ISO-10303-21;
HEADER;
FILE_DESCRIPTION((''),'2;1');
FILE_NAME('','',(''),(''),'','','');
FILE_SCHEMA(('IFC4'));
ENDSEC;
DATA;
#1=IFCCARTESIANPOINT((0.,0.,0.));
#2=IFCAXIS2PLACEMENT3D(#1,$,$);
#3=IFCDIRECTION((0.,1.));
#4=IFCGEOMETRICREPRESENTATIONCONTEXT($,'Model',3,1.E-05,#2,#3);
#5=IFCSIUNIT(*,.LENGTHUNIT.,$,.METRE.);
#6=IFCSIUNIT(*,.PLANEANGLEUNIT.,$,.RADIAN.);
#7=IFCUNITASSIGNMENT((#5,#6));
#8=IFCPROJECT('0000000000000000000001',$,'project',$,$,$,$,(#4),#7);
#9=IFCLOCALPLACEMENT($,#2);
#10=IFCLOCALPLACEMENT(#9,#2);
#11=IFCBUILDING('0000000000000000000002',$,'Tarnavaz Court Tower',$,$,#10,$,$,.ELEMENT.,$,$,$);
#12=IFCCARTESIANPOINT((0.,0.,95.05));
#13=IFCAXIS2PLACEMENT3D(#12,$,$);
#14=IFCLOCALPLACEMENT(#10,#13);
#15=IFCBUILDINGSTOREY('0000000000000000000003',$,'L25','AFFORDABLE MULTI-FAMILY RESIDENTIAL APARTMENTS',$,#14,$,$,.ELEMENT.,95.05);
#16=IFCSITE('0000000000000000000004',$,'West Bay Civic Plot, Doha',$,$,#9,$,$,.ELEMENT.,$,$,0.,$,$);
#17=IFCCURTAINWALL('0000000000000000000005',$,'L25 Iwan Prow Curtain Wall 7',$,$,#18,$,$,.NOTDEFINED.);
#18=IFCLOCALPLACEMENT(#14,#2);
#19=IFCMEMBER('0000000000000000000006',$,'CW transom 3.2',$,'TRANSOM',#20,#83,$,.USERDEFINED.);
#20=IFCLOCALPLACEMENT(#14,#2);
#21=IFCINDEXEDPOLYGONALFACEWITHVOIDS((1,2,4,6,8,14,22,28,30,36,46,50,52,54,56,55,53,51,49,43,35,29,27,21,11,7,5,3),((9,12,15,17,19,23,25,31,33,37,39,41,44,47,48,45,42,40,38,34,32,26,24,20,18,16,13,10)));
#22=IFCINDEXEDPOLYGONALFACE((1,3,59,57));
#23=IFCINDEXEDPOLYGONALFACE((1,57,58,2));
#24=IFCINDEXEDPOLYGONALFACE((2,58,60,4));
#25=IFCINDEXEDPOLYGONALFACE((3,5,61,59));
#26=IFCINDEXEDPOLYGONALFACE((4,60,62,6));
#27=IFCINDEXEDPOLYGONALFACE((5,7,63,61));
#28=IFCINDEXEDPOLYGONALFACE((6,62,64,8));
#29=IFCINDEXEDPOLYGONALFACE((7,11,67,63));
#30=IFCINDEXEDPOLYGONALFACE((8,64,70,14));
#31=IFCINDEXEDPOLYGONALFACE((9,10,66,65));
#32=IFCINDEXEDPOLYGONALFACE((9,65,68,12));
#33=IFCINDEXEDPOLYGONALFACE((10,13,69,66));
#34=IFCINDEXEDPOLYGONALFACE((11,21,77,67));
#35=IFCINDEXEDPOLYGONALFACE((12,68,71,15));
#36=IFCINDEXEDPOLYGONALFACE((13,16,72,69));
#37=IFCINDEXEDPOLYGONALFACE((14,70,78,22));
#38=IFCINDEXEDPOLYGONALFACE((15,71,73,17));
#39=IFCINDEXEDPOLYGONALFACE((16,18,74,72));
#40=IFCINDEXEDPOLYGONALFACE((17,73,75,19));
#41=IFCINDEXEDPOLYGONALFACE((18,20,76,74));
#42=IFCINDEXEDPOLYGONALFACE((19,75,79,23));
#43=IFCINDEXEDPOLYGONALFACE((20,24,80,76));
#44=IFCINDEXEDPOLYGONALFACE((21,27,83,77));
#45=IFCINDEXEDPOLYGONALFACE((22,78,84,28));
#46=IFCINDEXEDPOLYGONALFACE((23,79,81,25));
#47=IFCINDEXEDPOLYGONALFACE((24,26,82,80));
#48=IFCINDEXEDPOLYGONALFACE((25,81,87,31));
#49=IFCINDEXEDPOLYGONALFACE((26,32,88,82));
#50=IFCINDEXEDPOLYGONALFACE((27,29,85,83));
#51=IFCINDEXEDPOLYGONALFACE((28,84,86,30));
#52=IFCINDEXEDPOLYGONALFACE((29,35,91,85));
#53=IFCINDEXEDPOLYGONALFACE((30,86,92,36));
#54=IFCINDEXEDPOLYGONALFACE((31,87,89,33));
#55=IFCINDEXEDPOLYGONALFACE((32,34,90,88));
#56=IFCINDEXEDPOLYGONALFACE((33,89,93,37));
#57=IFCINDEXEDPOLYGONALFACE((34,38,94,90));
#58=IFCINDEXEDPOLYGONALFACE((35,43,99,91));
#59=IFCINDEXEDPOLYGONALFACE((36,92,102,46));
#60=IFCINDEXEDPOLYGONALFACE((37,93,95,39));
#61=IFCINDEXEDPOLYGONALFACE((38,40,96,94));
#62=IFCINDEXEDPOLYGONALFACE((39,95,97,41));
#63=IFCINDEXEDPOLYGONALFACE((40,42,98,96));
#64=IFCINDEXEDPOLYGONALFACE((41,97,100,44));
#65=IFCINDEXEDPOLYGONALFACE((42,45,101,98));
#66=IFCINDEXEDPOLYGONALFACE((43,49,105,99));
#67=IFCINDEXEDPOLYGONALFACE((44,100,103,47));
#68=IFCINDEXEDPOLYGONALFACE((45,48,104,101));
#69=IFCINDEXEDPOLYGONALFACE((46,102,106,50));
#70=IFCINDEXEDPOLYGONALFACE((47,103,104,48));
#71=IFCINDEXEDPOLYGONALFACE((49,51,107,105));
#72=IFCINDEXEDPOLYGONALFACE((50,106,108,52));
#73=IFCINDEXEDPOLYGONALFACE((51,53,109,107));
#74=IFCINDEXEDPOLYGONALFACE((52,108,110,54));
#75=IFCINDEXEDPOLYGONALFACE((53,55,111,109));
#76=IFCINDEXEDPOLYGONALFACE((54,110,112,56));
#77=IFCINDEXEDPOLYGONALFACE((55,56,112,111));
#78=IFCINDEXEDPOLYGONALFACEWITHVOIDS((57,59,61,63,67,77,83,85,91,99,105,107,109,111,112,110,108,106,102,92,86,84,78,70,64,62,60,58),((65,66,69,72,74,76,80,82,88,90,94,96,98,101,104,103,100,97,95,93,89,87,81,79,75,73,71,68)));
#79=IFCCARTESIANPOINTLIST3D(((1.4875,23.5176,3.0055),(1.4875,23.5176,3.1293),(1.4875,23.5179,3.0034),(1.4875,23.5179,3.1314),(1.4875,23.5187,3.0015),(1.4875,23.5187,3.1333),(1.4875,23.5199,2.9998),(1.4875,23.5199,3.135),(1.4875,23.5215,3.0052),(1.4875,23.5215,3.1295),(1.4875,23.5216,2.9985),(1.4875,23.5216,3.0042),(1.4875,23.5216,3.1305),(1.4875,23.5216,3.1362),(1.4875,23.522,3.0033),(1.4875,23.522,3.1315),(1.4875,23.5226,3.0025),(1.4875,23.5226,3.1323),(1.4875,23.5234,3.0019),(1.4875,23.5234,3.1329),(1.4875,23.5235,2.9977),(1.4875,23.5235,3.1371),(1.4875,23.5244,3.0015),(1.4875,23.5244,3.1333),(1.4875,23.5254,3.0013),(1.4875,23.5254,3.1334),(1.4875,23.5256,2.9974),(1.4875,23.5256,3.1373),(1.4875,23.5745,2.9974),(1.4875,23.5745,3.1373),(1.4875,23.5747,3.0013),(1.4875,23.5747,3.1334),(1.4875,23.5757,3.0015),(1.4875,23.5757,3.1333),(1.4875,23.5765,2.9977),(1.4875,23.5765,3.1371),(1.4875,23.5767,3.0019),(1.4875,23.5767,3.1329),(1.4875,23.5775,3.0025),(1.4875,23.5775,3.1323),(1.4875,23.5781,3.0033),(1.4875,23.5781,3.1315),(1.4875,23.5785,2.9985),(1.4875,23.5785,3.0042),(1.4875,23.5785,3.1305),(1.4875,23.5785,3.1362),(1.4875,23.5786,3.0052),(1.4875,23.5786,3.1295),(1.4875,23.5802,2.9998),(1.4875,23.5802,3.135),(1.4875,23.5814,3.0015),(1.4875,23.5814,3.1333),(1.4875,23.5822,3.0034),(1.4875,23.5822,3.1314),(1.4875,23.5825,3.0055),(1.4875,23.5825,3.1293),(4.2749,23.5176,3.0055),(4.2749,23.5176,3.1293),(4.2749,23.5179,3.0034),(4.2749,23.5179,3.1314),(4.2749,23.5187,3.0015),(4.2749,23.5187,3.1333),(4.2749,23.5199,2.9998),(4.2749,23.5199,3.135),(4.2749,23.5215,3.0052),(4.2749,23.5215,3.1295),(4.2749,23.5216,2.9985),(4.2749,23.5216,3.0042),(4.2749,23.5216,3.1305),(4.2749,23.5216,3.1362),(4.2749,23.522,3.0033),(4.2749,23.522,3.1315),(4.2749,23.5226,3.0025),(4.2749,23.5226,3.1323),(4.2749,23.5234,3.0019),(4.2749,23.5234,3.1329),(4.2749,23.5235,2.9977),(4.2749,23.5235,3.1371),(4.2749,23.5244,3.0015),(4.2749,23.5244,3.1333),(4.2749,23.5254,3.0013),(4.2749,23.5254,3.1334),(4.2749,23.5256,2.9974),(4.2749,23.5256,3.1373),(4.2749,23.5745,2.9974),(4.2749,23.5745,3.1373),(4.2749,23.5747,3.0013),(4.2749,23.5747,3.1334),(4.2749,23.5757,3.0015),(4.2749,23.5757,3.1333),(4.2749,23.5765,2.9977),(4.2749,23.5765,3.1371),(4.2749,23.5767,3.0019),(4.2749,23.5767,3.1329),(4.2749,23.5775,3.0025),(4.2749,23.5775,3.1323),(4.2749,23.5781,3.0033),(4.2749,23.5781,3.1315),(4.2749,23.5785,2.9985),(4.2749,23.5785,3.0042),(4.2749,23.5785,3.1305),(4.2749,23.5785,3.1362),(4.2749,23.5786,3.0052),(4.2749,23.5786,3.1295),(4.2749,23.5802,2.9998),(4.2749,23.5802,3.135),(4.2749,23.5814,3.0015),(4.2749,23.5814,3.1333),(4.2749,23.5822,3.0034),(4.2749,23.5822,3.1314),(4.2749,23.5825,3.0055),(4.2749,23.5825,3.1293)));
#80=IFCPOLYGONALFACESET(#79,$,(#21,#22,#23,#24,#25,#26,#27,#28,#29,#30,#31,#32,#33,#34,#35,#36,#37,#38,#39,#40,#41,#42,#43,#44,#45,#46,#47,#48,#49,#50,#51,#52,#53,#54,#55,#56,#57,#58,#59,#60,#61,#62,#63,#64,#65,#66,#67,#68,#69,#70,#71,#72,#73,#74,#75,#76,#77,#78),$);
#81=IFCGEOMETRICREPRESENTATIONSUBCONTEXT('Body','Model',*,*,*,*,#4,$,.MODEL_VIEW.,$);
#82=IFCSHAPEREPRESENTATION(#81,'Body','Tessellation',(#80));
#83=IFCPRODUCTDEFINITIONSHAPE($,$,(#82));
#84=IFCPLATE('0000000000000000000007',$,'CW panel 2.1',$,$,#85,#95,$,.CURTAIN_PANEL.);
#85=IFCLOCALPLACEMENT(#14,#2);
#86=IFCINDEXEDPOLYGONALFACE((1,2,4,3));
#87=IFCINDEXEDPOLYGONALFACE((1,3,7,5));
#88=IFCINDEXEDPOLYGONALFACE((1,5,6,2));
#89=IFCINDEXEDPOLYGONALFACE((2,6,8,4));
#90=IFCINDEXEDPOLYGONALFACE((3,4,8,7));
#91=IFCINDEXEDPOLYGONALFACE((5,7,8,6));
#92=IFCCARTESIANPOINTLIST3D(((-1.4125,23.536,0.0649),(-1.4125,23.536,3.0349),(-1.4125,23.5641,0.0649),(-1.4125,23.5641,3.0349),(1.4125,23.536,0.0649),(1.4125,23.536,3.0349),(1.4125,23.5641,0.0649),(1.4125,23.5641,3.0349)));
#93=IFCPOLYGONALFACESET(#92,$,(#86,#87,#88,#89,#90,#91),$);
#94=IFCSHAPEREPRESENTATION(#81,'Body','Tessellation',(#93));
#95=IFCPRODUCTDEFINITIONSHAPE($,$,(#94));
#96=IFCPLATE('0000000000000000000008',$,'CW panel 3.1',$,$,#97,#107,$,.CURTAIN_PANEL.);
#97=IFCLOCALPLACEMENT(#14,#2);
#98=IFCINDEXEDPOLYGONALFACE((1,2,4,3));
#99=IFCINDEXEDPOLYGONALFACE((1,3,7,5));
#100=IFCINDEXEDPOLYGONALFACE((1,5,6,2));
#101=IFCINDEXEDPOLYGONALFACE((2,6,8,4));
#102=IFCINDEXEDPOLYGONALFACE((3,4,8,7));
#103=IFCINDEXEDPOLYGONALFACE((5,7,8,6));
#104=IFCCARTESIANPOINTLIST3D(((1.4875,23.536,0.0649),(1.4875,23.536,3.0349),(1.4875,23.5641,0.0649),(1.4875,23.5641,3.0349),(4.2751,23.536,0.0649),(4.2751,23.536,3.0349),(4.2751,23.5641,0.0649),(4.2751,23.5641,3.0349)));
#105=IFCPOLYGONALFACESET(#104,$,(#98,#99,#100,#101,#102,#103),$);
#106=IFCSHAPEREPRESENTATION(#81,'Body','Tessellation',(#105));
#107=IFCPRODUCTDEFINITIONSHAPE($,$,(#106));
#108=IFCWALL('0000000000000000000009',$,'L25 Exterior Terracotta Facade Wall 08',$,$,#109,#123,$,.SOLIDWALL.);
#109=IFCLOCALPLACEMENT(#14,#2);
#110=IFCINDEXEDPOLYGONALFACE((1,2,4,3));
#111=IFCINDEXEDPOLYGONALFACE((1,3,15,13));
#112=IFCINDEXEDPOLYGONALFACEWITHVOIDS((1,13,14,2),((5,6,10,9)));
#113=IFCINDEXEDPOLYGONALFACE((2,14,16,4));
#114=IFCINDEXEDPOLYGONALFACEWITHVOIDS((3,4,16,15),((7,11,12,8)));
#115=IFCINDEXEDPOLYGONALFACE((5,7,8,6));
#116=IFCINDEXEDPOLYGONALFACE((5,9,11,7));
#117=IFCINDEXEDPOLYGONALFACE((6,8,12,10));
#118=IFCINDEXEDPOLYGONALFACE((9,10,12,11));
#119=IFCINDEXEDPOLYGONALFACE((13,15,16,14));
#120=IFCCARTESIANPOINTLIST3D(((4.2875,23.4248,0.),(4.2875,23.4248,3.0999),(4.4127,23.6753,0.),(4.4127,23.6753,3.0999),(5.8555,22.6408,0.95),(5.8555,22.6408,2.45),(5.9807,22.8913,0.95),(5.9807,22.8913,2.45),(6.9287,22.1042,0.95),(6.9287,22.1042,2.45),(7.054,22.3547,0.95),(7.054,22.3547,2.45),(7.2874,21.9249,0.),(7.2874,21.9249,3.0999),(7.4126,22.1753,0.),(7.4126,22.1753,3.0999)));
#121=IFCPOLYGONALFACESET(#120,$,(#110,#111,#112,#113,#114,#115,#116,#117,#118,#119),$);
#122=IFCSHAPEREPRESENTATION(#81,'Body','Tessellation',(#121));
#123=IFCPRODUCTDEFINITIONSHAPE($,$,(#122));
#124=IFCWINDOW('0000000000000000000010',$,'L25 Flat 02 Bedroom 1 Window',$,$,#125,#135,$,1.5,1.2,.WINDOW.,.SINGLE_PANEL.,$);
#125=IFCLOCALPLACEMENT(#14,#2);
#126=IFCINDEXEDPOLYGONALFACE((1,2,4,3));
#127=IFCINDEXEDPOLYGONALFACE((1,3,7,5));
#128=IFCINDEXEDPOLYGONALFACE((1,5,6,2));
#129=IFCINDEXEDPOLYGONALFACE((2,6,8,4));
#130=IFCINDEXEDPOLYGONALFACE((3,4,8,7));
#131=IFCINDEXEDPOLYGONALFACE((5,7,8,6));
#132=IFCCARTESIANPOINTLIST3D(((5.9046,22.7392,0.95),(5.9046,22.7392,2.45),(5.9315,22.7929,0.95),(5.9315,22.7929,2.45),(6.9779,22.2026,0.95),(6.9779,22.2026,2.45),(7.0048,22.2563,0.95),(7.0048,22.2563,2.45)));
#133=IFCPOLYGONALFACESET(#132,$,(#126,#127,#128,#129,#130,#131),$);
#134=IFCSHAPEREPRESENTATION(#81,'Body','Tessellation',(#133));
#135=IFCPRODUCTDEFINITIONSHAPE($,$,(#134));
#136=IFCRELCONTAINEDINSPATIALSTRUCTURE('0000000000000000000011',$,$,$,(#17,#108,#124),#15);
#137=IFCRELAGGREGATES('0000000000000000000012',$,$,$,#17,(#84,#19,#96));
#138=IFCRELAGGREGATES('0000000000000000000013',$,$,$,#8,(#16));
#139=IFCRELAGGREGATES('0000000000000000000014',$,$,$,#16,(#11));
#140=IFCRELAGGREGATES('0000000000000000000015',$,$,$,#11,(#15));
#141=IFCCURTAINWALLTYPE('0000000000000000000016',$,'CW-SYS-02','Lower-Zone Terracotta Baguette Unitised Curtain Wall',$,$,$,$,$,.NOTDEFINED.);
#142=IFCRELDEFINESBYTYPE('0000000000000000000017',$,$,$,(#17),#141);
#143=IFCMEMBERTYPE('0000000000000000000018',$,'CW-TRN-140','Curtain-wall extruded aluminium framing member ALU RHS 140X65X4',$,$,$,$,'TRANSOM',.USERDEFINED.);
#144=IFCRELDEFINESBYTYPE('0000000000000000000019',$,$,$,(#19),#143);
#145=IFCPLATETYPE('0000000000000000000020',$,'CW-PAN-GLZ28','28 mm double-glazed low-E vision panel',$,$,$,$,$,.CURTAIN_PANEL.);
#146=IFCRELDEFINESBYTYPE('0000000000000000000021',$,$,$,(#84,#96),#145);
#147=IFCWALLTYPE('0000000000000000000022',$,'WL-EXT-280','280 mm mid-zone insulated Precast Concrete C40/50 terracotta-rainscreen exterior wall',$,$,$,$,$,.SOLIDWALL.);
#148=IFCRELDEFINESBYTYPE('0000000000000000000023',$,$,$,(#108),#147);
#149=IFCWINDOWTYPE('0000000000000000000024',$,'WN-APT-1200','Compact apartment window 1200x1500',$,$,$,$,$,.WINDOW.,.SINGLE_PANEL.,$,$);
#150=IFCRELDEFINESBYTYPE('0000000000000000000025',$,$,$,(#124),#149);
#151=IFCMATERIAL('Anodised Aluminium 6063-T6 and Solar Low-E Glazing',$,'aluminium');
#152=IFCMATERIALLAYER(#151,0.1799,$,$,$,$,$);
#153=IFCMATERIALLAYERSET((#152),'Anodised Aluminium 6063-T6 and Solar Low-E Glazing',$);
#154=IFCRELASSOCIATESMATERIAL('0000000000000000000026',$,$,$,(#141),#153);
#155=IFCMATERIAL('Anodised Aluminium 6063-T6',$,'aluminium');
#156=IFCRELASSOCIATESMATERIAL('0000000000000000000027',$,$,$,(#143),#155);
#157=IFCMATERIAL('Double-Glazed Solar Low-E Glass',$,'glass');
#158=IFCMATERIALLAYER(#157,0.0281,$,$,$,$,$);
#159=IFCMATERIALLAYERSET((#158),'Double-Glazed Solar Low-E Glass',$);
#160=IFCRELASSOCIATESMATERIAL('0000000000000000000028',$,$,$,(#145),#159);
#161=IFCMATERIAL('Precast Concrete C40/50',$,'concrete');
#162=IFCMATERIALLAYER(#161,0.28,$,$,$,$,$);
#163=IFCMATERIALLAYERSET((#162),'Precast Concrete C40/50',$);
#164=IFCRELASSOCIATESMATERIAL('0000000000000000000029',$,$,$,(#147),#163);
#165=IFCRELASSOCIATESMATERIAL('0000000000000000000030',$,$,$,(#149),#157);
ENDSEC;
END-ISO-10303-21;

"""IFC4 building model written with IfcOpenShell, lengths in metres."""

from ifc_helpers import new_model, si_unit, direction, frame, frame_2d, origin, origin_2d, place, context, subcontext, project, spatial, rectangle, hollow_rectangle, extrude, material, layer, layer_set, material_profile, profile_set, type_object, element, fill, aggregate, save


model = new_model("IFC4")

# Units and contexts
model_context = context("Model", 3, precision=1e-05, world=origin(), true_north=direction((0.0, 1.0)))
body_context = subcontext(model_context, "Body", "Model", "MODEL_VIEW")
ifc_project = project(units=[si_unit("LENGTHUNIT", "METRE"), si_unit("PLANEANGLEUNIT", "RADIAN")], contexts=[model_context])

# Site, building, storey
site_placement = place(None, origin())
site = spatial("IfcSite", under=ifc_project, at=site_placement, Name="West Bay Civic Plot, Doha", CompositionType="ELEMENT", RefElevation=0.0)
building_placement = place(site_placement, origin())
building = spatial("IfcBuilding", under=site, at=building_placement, Name="Tarnavaz Court Tower", CompositionType="ELEMENT")
storey_placement = place(building_placement, frame((0.0, 0.0, 95.05)))
storey = spatial("IfcBuildingStorey", under=building, at=storey_placement, Name="L25", Description="AFFORDABLE MULTI-FAMILY RESIDENTIAL APARTMENTS", CompositionType="ELEMENT", Elevation=95.05)

# Curtain wall, member, plates
ifc_material_1 = material(Name="Anodised Aluminium 6063-T6 and Solar Low-E Glazing", Category="aluminium")
ifc_layer_1 = layer(ifc_material_1, 0.1799)
ifc_layer_set_1 = layer_set([ifc_layer_1], Name="Anodised Aluminium 6063-T6 and Solar Low-E Glazing")
curtain_wall_type = type_object("IfcCurtainWallType", Name="CW-SYS-02", Description="Lower-Zone Terracotta Baguette Unitised Curtain Wall", PredefinedType="NOTDEFINED", material=ifc_layer_set_1)
curtain_wall_placement = place(storey_placement, origin())
curtain_wall = element("IfcCurtainWall", 1, at=curtain_wall_placement, inside=storey, type_object=curtain_wall_type, Name="L25 Iwan Prow Curtain Wall 7", PredefinedType="NOTDEFINED")
ifc_material_2 = material(Name="Anodised Aluminium 6063-T6", Category="aluminium")
ifc_material_profile_1 = material_profile(ifc_material_2, hollow_rectangle(XDim=0.0649, YDim=0.1399, WallThickness=0.0039, InnerFilletRadius=0.0039, OuterFilletRadius=0.0081, at=origin_2d()), Name="ALU RHS 140X65X4")
ifc_profile_set_1 = profile_set([ifc_material_profile_1], Name="Anodised Aluminium 6063-T6")
member_type_1 = type_object("IfcMemberType", Name="CW-TRN-140", Description="Curtain-wall extruded aluminium framing member ALU RHS 140X65X4", ElementType="TRANSOM", PredefinedType="USERDEFINED", material=ifc_profile_set_1)
member_1_placement = place(storey_placement, frame((1.4875, 23.55, 3.0674), z_axis=(1.0, 0.0, 0.0), x_axis=(0.0, 1.0, 0.0)))
member_1 = element("IfcMember", 2, at=member_1_placement, type_object=member_type_1, Name="CW transom 3.2", ObjectType="TRANSOM", PredefinedType="USERDEFINED", context=body_context, shape_type="SweptSolid", body=[
    extrude(hollow_rectangle(XDim=0.0649, YDim=0.1399, WallThickness=0.0039, InnerFilletRadius=0.0039, OuterFilletRadius=0.0081, at=origin_2d()), origin(), (0.0, 0.0, 1.0), 2.7874),
])
ifc_material_3 = material(Name="Double-Glazed Solar Low-E Glass", Category="glass")
ifc_layer_2 = layer(ifc_material_3, 0.0281)
ifc_layer_set_2 = layer_set([ifc_layer_2], Name="Double-Glazed Solar Low-E Glass")
plate_type = type_object("IfcPlateType", Name="CW-PAN-GLZ28", Description="28 mm double-glazed low-E vision panel", PredefinedType="CURTAIN_PANEL", material=ifc_layer_set_2)
plate_1_placement = place(storey_placement, frame((0.0, 23.55, 0.0649), z_axis=(0.0, 0.0, 1.0), x_axis=(1.0, 0.0, 0.0)))
plate_1 = element("IfcPlate", 3, at=plate_1_placement, type_object=plate_type, Name="CW panel 2.1", PredefinedType="CURTAIN_PANEL", context=body_context, shape_type="SweptSolid", body=[
    extrude(rectangle(XDim=2.825, YDim=0.0281, at=origin_2d()), origin(), (0.0, 0.0, 1.0), 2.97),
])
plate_2_placement = place(storey_placement, frame((2.8813, 23.55, 0.0649), z_axis=(0.0, 0.0, 1.0), x_axis=(1.0, 0.0, 0.0)))
plate_2 = element("IfcPlate", 4, at=plate_2_placement, type_object=plate_type, Name="CW panel 3.1", PredefinedType="CURTAIN_PANEL", context=body_context, shape_type="SweptSolid", body=[
    extrude(rectangle(XDim=2.7876, YDim=0.0281, at=origin_2d()), origin(), (0.0, 0.0, 1.0), 2.97),
])
aggregate(curtain_wall, [plate_1, member_1, plate_2])

# Wall, opening, window
ifc_material_4 = material(Name="Precast Concrete C40/50", Category="concrete")
ifc_layer_3 = layer(ifc_material_4, 0.28)
ifc_layer_set_3 = layer_set([ifc_layer_3], Name="Precast Concrete C40/50")
wall_type_1 = type_object("IfcWallType", Name="WL-EXT-280", Description="280 mm mid-zone insulated Precast Concrete C40/50 terracotta-rainscreen exterior wall", PredefinedType="SOLIDWALL", material=ifc_layer_set_3)
wall_1_placement = place(storey_placement, frame((4.3501, 23.55, 0.0), z_axis=(0.0, 0.0, 1.0), x_axis=(0.894427, -0.447214, 0.0)))
wall_1 = element("IfcWall", 5, at=wall_1_placement, inside=storey, type_object=wall_type_1, Name="L25 Exterior Terracotta Facade Wall 08", PredefinedType="SOLIDWALL", context=body_context, shape_type="SweptSolid", body=[
    extrude(rectangle(XDim=3.354, YDim=0.28, at=frame_2d((1.677, 0.0))), origin(), (0.0, 0.0, 1.0), 3.0999),
])
opening_1_placement = place(wall_1_placement, frame((1.7529, 0.0, 0.95)))
opening_1 = element("IfcOpeningElement", 6, at=opening_1_placement, cuts=wall_1, PredefinedType="OPENING", context=body_context, shape_type="SweptSolid", body=[
    extrude(rectangle(XDim=1.2, YDim=1.5, at=frame_2d((0.6001, 0.75))), frame((0.0, 0.1499, 0.0), z_axis=(0.0, -1.0, 0.0), x_axis=(1.0, 0.0, 0.0)), (0.0, 0.0, 1.0), 0.3),
])
window_type_1 = type_object("IfcWindowType", Name="WN-APT-1200", Description="Compact apartment window 1200x1500", PartitioningType="SINGLE_PANEL", PredefinedType="WINDOW", material=ifc_material_3)
window_1_placement = place(opening_1_placement, origin())
window_1 = element("IfcWindow", 7, at=window_1_placement, inside=storey, type_object=window_type_1, Name="L25 Flat 02 Bedroom 1 Window", OverallHeight=1.5, OverallWidth=1.2, PartitioningType="SINGLE_PANEL", PredefinedType="WINDOW", context=body_context, shape_type="SweptSolid", body=[
    extrude(rectangle(XDim=1.2, YDim=1.5, at=frame_2d((0.6001, 0.75))), frame((0.0, 0.03, 0.0), z_axis=(0.0, -1.0, 0.0), x_axis=(1.0, 0.0, 0.0)), (0.0, 0.0, 1.0), 0.0601),
])
fill(opening_1, window_1)

save(model, "model.ifc")
